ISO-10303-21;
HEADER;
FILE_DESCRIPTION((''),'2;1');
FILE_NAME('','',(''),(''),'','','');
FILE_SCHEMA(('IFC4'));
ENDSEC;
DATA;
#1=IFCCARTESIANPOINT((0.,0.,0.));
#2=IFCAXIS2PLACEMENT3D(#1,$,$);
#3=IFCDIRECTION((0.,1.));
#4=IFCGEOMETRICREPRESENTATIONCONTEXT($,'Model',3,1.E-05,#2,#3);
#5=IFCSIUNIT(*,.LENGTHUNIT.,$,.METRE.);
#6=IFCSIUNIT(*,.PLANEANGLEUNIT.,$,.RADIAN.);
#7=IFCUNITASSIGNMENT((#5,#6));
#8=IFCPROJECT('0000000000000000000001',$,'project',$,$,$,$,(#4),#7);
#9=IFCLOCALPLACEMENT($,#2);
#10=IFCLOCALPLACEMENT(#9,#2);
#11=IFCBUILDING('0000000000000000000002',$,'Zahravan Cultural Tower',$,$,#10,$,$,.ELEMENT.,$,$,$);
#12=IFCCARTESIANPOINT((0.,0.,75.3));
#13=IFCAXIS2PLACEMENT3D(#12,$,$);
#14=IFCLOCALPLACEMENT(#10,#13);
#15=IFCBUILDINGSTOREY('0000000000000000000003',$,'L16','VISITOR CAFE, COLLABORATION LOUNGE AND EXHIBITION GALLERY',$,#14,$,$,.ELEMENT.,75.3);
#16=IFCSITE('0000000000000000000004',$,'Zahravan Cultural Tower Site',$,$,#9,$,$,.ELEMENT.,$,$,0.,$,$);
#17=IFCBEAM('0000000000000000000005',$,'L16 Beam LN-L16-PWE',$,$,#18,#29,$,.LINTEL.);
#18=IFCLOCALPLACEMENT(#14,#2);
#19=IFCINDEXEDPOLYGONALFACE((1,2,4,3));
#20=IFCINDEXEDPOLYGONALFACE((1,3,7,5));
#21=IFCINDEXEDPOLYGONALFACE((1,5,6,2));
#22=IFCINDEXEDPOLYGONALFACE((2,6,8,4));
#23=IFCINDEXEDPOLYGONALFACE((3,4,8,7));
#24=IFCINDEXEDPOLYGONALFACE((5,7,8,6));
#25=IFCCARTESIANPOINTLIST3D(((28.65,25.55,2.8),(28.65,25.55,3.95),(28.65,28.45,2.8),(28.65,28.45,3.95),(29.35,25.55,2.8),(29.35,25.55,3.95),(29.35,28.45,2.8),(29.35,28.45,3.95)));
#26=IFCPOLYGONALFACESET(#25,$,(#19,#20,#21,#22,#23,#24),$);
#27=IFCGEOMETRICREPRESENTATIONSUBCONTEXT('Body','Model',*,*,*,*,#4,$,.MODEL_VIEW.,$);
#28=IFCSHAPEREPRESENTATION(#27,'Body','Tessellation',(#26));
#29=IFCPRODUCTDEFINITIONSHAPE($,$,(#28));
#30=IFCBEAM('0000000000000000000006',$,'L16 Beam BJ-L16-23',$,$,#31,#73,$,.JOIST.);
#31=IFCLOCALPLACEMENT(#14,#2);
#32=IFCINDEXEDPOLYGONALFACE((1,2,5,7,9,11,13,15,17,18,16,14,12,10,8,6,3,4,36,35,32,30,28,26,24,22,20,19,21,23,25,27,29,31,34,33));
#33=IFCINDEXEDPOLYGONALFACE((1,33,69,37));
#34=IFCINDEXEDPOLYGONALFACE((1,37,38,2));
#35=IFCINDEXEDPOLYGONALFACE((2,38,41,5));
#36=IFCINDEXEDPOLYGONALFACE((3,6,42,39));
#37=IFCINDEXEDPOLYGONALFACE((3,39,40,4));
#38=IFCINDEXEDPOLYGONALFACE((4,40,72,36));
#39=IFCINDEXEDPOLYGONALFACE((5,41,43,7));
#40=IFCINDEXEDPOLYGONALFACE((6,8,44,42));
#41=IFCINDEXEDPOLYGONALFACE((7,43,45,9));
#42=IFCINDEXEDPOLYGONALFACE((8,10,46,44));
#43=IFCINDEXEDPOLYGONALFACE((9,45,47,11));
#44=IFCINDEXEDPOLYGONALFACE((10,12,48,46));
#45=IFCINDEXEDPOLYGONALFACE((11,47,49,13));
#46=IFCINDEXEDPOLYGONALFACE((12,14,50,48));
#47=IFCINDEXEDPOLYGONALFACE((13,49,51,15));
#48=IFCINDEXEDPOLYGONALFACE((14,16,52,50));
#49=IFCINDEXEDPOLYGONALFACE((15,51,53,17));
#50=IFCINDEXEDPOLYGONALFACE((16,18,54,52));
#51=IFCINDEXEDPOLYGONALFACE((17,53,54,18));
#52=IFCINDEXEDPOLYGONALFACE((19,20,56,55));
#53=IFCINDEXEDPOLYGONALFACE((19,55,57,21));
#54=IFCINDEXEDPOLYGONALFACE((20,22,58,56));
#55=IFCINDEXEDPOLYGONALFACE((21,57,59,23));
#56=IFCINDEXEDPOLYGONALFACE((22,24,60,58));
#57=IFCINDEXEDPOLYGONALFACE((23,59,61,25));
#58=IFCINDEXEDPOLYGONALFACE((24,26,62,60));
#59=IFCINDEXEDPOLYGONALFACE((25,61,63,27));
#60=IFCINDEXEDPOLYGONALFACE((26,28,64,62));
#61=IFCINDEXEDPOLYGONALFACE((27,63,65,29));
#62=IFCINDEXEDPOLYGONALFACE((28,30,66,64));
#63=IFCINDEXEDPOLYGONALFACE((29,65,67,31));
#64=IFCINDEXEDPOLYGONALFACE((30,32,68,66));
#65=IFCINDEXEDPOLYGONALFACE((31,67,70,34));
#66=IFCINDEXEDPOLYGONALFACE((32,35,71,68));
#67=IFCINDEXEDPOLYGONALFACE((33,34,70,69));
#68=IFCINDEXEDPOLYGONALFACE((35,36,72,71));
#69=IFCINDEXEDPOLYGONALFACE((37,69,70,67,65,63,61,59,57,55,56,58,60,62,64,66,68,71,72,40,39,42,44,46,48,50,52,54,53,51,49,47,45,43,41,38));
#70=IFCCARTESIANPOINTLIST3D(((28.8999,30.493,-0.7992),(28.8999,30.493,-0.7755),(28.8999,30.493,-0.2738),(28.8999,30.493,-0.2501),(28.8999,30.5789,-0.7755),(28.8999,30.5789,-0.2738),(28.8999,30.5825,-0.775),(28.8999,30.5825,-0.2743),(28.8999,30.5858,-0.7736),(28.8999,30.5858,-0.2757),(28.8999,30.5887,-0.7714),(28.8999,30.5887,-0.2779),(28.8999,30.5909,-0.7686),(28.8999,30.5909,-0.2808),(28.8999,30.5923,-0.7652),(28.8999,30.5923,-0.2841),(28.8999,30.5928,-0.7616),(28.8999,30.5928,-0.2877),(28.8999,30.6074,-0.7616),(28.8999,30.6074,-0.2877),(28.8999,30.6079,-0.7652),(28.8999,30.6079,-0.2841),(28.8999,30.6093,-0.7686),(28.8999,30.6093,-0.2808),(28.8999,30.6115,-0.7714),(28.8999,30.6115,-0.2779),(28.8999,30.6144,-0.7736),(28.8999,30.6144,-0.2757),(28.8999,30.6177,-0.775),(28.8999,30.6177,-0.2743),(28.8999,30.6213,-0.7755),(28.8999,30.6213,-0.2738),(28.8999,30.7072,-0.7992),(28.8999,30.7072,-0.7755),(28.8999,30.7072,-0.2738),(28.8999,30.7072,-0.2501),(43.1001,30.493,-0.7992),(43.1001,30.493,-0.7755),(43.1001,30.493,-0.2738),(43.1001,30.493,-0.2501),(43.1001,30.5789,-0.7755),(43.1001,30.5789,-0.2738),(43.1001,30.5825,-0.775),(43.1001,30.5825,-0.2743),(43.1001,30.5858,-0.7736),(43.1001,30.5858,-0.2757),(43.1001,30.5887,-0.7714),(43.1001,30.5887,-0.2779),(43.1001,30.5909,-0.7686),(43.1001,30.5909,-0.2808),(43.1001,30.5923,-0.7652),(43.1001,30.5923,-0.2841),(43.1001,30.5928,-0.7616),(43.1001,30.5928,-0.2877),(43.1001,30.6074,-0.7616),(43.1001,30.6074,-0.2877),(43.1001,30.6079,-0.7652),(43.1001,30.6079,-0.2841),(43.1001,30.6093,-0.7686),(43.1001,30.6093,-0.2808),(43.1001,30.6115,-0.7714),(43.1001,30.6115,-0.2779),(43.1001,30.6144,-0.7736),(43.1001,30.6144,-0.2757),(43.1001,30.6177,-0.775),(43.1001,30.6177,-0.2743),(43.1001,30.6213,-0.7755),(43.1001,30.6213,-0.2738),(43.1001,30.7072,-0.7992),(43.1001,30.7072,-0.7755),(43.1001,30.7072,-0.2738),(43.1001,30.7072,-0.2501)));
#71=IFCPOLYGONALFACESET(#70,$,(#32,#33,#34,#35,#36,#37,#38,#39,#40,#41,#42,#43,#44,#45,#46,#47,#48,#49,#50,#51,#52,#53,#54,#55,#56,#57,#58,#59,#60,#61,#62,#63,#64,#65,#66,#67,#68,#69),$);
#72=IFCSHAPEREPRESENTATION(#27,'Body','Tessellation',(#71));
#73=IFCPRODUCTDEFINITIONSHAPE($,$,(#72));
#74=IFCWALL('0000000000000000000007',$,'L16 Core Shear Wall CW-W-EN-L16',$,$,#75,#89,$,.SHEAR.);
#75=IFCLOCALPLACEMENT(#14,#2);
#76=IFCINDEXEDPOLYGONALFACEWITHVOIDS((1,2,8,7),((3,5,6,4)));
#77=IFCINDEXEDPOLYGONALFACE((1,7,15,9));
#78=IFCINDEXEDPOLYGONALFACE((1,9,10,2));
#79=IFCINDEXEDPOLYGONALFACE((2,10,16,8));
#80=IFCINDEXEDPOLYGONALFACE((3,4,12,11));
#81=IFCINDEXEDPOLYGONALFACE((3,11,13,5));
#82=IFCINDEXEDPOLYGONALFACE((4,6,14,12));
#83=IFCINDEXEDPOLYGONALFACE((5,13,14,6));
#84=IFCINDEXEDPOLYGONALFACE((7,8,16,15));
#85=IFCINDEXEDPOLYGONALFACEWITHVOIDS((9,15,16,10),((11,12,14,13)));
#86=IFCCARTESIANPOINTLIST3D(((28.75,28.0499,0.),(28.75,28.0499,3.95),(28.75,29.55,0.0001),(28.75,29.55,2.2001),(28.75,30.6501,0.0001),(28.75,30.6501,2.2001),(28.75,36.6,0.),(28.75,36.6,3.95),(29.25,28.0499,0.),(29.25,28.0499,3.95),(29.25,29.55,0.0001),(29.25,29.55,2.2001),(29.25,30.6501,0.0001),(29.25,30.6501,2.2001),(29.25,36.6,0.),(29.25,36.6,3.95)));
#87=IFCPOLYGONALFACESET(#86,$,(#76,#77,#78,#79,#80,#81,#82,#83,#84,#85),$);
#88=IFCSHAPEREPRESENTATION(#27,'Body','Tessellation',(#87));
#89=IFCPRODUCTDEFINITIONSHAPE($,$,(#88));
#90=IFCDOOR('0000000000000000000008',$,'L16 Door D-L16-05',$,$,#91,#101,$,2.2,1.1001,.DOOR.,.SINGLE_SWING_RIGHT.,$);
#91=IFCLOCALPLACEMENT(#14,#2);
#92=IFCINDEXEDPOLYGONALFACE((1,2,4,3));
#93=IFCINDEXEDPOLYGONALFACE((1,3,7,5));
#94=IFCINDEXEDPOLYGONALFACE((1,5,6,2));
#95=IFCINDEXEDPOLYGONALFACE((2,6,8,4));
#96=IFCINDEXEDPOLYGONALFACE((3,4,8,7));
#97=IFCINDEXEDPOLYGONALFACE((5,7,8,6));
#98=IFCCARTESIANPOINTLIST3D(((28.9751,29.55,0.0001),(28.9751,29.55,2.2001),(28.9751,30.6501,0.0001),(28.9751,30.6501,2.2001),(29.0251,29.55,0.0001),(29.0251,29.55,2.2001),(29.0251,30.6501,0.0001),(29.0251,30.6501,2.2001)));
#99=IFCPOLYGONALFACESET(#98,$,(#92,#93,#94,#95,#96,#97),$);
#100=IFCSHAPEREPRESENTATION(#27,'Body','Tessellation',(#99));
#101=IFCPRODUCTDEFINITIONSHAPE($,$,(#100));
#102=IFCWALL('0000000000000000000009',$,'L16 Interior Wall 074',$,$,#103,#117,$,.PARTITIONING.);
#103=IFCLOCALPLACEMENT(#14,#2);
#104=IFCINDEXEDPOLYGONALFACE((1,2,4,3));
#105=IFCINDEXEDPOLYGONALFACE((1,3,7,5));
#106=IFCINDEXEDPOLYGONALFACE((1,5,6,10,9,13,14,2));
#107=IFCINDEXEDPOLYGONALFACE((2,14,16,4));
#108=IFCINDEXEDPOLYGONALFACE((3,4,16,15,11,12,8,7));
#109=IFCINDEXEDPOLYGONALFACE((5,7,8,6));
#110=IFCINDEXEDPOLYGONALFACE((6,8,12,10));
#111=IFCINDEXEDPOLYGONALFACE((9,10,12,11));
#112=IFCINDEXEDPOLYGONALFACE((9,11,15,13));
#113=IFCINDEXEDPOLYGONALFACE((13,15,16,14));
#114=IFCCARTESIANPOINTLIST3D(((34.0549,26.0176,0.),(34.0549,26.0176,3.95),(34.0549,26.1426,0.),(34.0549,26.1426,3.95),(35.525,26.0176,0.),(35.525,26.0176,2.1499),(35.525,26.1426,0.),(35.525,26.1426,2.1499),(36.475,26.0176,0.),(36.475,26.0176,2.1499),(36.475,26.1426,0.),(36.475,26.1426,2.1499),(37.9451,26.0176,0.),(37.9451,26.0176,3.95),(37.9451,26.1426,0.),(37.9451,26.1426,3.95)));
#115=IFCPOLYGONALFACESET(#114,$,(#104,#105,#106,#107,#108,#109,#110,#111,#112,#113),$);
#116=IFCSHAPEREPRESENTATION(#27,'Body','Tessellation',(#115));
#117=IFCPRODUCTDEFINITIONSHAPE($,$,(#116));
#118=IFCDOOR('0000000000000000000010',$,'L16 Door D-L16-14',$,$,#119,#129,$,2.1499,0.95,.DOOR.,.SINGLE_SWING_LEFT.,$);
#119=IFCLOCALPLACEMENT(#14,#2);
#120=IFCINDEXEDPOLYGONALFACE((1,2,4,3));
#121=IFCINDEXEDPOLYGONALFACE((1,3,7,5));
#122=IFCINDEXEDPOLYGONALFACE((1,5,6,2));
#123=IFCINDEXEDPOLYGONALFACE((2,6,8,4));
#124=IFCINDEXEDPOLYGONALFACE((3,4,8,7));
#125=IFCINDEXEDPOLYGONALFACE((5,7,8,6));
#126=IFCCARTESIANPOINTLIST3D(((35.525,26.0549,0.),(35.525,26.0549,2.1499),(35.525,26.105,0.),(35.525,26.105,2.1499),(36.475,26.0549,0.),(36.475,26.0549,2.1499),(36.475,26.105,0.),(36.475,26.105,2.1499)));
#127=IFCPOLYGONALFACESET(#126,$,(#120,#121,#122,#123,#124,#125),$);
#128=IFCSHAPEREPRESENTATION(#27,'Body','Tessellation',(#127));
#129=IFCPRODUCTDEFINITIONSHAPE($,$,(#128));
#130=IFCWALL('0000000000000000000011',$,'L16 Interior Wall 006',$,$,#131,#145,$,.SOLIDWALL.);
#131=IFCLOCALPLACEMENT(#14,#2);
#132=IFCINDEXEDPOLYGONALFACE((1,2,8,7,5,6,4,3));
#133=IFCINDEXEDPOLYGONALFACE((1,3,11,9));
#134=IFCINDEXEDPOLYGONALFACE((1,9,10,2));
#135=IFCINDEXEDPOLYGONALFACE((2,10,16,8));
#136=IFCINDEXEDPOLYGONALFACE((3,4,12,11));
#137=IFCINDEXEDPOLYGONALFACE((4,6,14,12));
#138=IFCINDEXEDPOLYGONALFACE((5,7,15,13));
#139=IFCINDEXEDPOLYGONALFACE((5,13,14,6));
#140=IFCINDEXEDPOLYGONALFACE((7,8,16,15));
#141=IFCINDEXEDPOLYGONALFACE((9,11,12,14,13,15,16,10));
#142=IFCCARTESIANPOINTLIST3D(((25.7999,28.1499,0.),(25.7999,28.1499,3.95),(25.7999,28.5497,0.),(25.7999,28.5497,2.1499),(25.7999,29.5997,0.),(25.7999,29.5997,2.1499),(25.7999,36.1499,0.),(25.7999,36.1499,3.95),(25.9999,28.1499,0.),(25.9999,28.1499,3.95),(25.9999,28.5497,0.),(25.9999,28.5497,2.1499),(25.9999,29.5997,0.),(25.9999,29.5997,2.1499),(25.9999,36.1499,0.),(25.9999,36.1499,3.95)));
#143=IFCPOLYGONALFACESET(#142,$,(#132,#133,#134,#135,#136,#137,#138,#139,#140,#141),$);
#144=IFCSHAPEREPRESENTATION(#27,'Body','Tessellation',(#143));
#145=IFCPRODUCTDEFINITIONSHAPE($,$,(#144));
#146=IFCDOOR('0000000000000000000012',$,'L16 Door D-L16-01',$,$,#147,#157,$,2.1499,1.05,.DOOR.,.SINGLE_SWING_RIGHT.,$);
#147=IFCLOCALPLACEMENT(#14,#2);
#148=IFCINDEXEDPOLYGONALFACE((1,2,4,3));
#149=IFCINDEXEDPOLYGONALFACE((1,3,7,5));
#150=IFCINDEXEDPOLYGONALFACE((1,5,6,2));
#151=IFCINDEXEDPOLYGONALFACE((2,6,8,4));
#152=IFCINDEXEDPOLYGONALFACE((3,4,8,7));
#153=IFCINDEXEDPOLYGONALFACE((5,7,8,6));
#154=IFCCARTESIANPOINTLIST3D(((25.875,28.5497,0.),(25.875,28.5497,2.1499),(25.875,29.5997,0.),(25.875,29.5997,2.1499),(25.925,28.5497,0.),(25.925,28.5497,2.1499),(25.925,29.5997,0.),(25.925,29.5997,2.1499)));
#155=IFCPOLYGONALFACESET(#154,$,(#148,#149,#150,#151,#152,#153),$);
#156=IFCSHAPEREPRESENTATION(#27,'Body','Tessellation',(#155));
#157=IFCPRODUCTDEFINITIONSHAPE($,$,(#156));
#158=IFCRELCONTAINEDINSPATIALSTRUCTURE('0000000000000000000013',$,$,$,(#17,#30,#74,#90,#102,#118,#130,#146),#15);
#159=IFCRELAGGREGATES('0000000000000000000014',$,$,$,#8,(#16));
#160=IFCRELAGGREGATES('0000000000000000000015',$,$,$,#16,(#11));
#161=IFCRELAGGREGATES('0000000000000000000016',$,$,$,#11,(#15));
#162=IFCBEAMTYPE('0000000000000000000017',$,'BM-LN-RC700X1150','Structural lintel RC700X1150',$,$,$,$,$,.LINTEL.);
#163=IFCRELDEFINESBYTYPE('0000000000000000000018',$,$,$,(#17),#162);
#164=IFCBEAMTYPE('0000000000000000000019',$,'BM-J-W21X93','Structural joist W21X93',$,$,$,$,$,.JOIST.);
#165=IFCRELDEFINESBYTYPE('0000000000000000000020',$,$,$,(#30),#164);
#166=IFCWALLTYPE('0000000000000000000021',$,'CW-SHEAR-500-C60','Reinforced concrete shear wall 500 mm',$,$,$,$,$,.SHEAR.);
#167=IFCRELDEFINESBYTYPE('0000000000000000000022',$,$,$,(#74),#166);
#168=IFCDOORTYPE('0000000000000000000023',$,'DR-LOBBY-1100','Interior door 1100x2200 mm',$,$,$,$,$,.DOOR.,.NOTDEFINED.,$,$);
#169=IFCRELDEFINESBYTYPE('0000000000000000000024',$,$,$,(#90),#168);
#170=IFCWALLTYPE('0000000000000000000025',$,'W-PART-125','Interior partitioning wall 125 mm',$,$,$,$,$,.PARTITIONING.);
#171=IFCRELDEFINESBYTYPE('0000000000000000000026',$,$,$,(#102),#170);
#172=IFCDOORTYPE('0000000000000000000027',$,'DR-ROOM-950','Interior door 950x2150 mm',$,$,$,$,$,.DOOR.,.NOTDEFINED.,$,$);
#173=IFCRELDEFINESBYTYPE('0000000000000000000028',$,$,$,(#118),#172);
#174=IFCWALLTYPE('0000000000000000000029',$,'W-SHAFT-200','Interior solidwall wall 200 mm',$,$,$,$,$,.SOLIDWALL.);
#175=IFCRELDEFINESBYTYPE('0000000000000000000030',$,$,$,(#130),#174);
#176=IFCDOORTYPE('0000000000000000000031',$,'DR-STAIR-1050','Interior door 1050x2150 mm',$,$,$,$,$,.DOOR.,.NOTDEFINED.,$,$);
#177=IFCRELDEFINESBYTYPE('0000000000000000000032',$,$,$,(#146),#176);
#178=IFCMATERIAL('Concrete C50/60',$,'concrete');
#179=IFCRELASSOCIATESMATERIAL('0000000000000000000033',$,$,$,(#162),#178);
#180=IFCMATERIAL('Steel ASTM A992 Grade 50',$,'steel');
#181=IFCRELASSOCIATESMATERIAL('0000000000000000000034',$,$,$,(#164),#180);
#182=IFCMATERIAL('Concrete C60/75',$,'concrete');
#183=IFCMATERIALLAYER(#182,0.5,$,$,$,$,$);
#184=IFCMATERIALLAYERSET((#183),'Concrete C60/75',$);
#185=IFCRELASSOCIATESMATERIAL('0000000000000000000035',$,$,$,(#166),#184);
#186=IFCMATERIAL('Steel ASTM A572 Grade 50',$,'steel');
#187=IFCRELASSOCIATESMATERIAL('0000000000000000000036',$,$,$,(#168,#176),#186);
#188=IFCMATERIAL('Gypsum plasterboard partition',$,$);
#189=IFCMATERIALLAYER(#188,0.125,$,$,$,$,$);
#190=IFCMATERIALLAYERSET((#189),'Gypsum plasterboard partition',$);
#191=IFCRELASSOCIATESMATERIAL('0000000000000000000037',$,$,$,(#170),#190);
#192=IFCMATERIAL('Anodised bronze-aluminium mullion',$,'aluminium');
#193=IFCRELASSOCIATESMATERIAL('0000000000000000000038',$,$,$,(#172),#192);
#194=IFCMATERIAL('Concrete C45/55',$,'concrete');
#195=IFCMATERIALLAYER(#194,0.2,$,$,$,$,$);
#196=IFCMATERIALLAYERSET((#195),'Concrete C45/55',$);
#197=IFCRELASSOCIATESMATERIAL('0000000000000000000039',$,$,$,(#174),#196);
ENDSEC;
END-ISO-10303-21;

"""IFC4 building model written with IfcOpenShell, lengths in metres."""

from ifc_helpers import new_model, si_unit, direction, frame, frame_2d, origin, origin_2d, place, context, subcontext, project, spatial, rectangle, i_section, extrude, source, transform, mapped, material, layer, layer_set, material_profile, profile_set, type_object, element, fill, save


model = new_model("IFC4")

# Units and contexts
model_context = context("Model", 3, precision=1e-05, world=origin(), true_north=direction((0.0, 1.0)))
body_context = subcontext(model_context, "Body", "Model", "MODEL_VIEW")
ifc_project = project(units=[si_unit("LENGTHUNIT", "METRE"), si_unit("PLANEANGLEUNIT", "RADIAN")], contexts=[model_context])

# Site, building, storey
site_placement = place(None, origin())
site = spatial("IfcSite", under=ifc_project, at=site_placement, Name="Zahravan Cultural Tower Site", CompositionType="ELEMENT", RefElevation=0.0)
building_placement = place(site_placement, origin())
building = spatial("IfcBuilding", under=site, at=building_placement, Name="Zahravan Cultural Tower", CompositionType="ELEMENT")
storey_placement = place(building_placement, frame((0.0, 0.0, 75.3)))
storey = spatial("IfcBuildingStorey", under=building, at=storey_placement, Name="L16", Description="VISITOR CAFE, COLLABORATION LOUNGE AND EXHIBITION GALLERY", CompositionType="ELEMENT", Elevation=75.3)

# Beams
ifc_material_1 = material(Name="Concrete C50/60", Category="concrete")
ifc_material_profile_1 = material_profile(ifc_material_1, rectangle(XDim=0.7, YDim=1.1499, at=origin_2d()), Name="RC700X1150")
ifc_profile_set_1 = profile_set([ifc_material_profile_1], Name="Concrete C50/60")
beam_type_1 = type_object("IfcBeamType", Name="BM-LN-RC700X1150", Description="Structural lintel RC700X1150", PredefinedType="LINTEL", material=ifc_profile_set_1)
shared_shape_1 = source(origin(), body_context, "Body", "SweptSolid", [
    extrude(rectangle(XDim=0.7, YDim=1.1499, at=origin_2d()), origin(), (0.0, 0.0, 1.0), 2.8999),
])
beam_1_placement = place(storey_placement, frame((29.0, 25.55, 3.375), z_axis=(0.0, 1.0, 0.0), x_axis=(-1.0, 0.0, 0.0)))
element("IfcBeam", 1, at=beam_1_placement, inside=storey, type_object=beam_type_1, Name="L16 Beam LN-L16-PWE", PredefinedType="LINTEL", context=body_context, shape_type="MappedRepresentation", body=[
    mapped(shared_shape_1, transform((0.0, 0.0, 0.0), x_axis=(1.0, 0.0, 0.0), y_axis=(0.0, 1.0, 0.0), z_axis=(0.0, 0.0, 1.0), scale=1.0)),
])
ifc_material_2 = material(Name="Steel ASTM A992 Grade 50", Category="steel")
ifc_material_profile_2 = material_profile(ifc_material_2, i_section(OverallWidth=0.2141, OverallDepth=0.5491, WebThickness=0.0146, FlangeThickness=0.0237, FilletRadius=0.0139, at=origin_2d()), Name="W21X93")
ifc_profile_set_2 = profile_set([ifc_material_profile_2], Name="Steel ASTM A992 Grade 50")
beam_type_2 = type_object("IfcBeamType", Name="BM-J-W21X93", Description="Structural joist W21X93", PredefinedType="JOIST", material=ifc_profile_set_2)
shared_shape_2 = source(origin(), body_context, "Body", "SweptSolid", [
    extrude(i_section(OverallWidth=0.2141, OverallDepth=0.5491, WebThickness=0.0146, FlangeThickness=0.0237, FilletRadius=0.0139, at=origin_2d()), origin(), (0.0, 0.0, 1.0), 14.2002),
])
beam_2_placement = place(storey_placement, frame((28.8999, 30.6001, -0.5247), z_axis=(1.0, 0.0, 0.0), x_axis=(0.0, 1.0, 0.0)))
element("IfcBeam", 2, at=beam_2_placement, inside=storey, type_object=beam_type_2, Name="L16 Beam BJ-L16-23", PredefinedType="JOIST", context=body_context, shape_type="MappedRepresentation", body=[
    mapped(shared_shape_2, transform((0.0, 0.0, 0.0), x_axis=(1.0, 0.0, 0.0), y_axis=(0.0, 1.0, 0.0), z_axis=(0.0, 0.0, 1.0), scale=1.0)),
])

# Walls, openings, doors
ifc_material_3 = material(Name="Concrete C60/75", Category="concrete")
ifc_layer_1 = layer(ifc_material_3, 0.5)
ifc_layer_set_1 = layer_set([ifc_layer_1], Name="Concrete C60/75")
wall_type_1 = type_object("IfcWallType", Name="CW-SHEAR-500-C60", Description="Reinforced concrete shear wall 500 mm", PredefinedType="SHEAR", material=ifc_layer_set_1)
wall_1_placement = place(storey_placement, frame((29.0, 28.05, 0.0), z_axis=(0.0, 0.0, 1.0), x_axis=(0.0, 1.0, 0.0)))
wall_1 = element("IfcWall", 3, at=wall_1_placement, inside=storey, type_object=wall_type_1, Name="L16 Core Shear Wall CW-W-EN-L16", PredefinedType="SHEAR", context=body_context, shape_type="SweptSolid", body=[
    extrude(rectangle(XDim=8.55, YDim=0.5, at=frame_2d((4.2749, 0.0))), origin(), (0.0, 0.0, 1.0), 3.95),
])
opening_1_placement = place(wall_1_placement, frame((1.5, 0.0, 0.0)))
opening_1 = element("IfcOpeningElement", 4, at=opening_1_placement, cuts=wall_1, PredefinedType="OPENING", context=body_context, shape_type="SweptSolid", body=[
    extrude(rectangle(XDim=1.1001, YDim=2.2, at=frame_2d((0.55, 1.1001))), frame((0.0, 0.26, 0.0), z_axis=(0.0, -1.0, 0.0), x_axis=(1.0, 0.0, 0.0)), (0.0, 0.0, 1.0), 0.52),
])
ifc_material_4 = material(Name="Steel ASTM A572 Grade 50", Category="steel")
door_type_1 = type_object("IfcDoorType", Name="DR-LOBBY-1100", Description="Interior door 1100x2200 mm", OperationType="NOTDEFINED", PredefinedType="DOOR", material=ifc_material_4)
shared_shape_3 = source(origin(), body_context, "Body", "SweptSolid", [
    extrude(rectangle(XDim=1.1001, YDim=2.2, at=frame_2d((0.55, 1.1001))), frame((0.0, 0.0249, 0.0), z_axis=(0.0, -1.0, 0.0), x_axis=(1.0, 0.0, 0.0)), (0.0, 0.0, 1.0), 0.05),
])
door_1_placement = place(opening_1_placement, origin())
door_1 = element("IfcDoor", 5, at=door_1_placement, inside=storey, type_object=door_type_1, Name="L16 Door D-L16-05", OperationType="SINGLE_SWING_RIGHT", OverallHeight=2.2, OverallWidth=1.1001, PredefinedType="DOOR", context=body_context, shape_type="MappedRepresentation", body=[
    mapped(shared_shape_3, transform((0.0, 0.0, 0.0), x_axis=(1.0, 0.0, 0.0), y_axis=(0.0, 1.0, 0.0), z_axis=(0.0, 0.0, 1.0), scale=1.0)),
])
fill(opening_1, door_1)
ifc_material_5 = material(Name="Gypsum plasterboard partition")
ifc_layer_2 = layer(ifc_material_5, 0.125)
ifc_layer_set_2 = layer_set([ifc_layer_2], Name="Gypsum plasterboard partition")
wall_type_2 = type_object("IfcWallType", Name="W-PART-125", Description="Interior partitioning wall 125 mm", PredefinedType="PARTITIONING", material=ifc_layer_set_2)
wall_2_placement = place(storey_placement, frame((34.0549, 26.0801, 0.0), z_axis=(0.0, 0.0, 1.0), x_axis=(1.0, 0.0, 0.0)))
wall_2 = element("IfcWall", 6, at=wall_2_placement, inside=storey, type_object=wall_type_2, Name="L16 Interior Wall 074", PredefinedType="PARTITIONING", context=body_context, shape_type="SweptSolid", body=[
    extrude(rectangle(XDim=3.8901, YDim=0.125, at=frame_2d((1.9451, 0.0))), origin(), (0.0, 0.0, 1.0), 3.95),
])
opening_2_placement = place(wall_2_placement, frame((1.47, 0.0, 0.0)))
opening_2 = element("IfcOpeningElement", 7, at=opening_2_placement, cuts=wall_2, PredefinedType="OPENING", context=body_context, shape_type="SweptSolid", body=[
    extrude(rectangle(XDim=0.95, YDim=2.1499, at=frame_2d((0.4751, 1.075))), frame((0.0, 0.0725, 0.0), z_axis=(0.0, -1.0, 0.0), x_axis=(1.0, 0.0, 0.0)), (0.0, 0.0, 1.0), 0.145),
])
ifc_material_6 = material(Name="Anodised bronze-aluminium mullion", Category="aluminium")
door_type_2 = type_object("IfcDoorType", Name="DR-ROOM-950", Description="Interior door 950x2150 mm", OperationType="NOTDEFINED", PredefinedType="DOOR", material=ifc_material_6)
shared_shape_4 = source(origin(), body_context, "Body", "SweptSolid", [
    extrude(rectangle(XDim=0.95, YDim=2.1499, at=frame_2d((0.4751, 1.075))), frame((0.0, 0.0249, 0.0), z_axis=(0.0, -1.0, 0.0), x_axis=(1.0, 0.0, 0.0)), (0.0, 0.0, 1.0), 0.05),
])
door_2_placement = place(opening_2_placement, origin())
door_2 = element("IfcDoor", 8, at=door_2_placement, inside=storey, type_object=door_type_2, Name="L16 Door D-L16-14", OperationType="SINGLE_SWING_LEFT", OverallHeight=2.1499, OverallWidth=0.95, PredefinedType="DOOR", context=body_context, shape_type="MappedRepresentation", body=[
    mapped(shared_shape_4, transform((0.0, 0.0, 0.0), x_axis=(1.0, 0.0, 0.0), y_axis=(0.0, 1.0, 0.0), z_axis=(0.0, 0.0, 1.0), scale=1.0)),
])
fill(opening_2, door_2)
ifc_material_7 = material(Name="Concrete C45/55", Category="concrete")
ifc_layer_3 = layer(ifc_material_7, 0.2)
ifc_layer_set_3 = layer_set([ifc_layer_3], Name="Concrete C45/55")
wall_type_3 = type_object("IfcWallType", Name="W-SHAFT-200", Description="Interior solidwall wall 200 mm", PredefinedType="SOLIDWALL", material=ifc_layer_set_3)
wall_3_placement = place(storey_placement, frame((25.8999, 28.1499, 0.0), z_axis=(0.0, 0.0, 1.0), x_axis=(0.0, 1.0, 0.0)))
wall_3 = element("IfcWall", 9, at=wall_3_placement, inside=storey, type_object=wall_type_3, Name="L16 Interior Wall 006", PredefinedType="SOLIDWALL", context=body_context, shape_type="SweptSolid", body=[
    extrude(rectangle(XDim=8.0, YDim=0.2, at=frame_2d((4.0, 0.0))), origin(), (0.0, 0.0, 1.0), 3.95),
])
opening_3_placement = place(wall_3_placement, frame((0.3999, 0.0, 0.0)))
opening_3 = element("IfcOpeningElement", 10, at=opening_3_placement, cuts=wall_3, PredefinedType="OPENING", context=body_context, shape_type="SweptSolid", body=[
    extrude(rectangle(XDim=1.05, YDim=2.1499, at=frame_2d((0.5249, 1.075))), frame((0.0, 0.1099, 0.0), z_axis=(0.0, -1.0, 0.0), x_axis=(1.0, 0.0, 0.0)), (0.0, 0.0, 1.0), 0.22),
])
door_type_3 = type_object("IfcDoorType", Name="DR-STAIR-1050", Description="Interior door 1050x2150 mm", OperationType="NOTDEFINED", PredefinedType="DOOR", material=ifc_material_4)
shared_shape_5 = source(origin(), body_context, "Body", "SweptSolid", [
    extrude(rectangle(XDim=1.05, YDim=2.1499, at=frame_2d((0.5249, 1.075))), frame((0.0, 0.0249, 0.0), z_axis=(0.0, -1.0, 0.0), x_axis=(1.0, 0.0, 0.0)), (0.0, 0.0, 1.0), 0.05),
])
door_3_placement = place(opening_3_placement, origin())
door_3 = element("IfcDoor", 11, at=door_3_placement, inside=storey, type_object=door_type_3, Name="L16 Door D-L16-01", OperationType="SINGLE_SWING_RIGHT", OverallHeight=2.1499, OverallWidth=1.05, PredefinedType="DOOR", context=body_context, shape_type="MappedRepresentation", body=[
    mapped(shared_shape_5, transform((0.0, 0.0, 0.0), x_axis=(1.0, 0.0, 0.0), y_axis=(0.0, 1.0, 0.0), z_axis=(0.0, 0.0, 1.0), scale=1.0)),
])
fill(opening_3, door_3)

save(model, "model.ifc")
